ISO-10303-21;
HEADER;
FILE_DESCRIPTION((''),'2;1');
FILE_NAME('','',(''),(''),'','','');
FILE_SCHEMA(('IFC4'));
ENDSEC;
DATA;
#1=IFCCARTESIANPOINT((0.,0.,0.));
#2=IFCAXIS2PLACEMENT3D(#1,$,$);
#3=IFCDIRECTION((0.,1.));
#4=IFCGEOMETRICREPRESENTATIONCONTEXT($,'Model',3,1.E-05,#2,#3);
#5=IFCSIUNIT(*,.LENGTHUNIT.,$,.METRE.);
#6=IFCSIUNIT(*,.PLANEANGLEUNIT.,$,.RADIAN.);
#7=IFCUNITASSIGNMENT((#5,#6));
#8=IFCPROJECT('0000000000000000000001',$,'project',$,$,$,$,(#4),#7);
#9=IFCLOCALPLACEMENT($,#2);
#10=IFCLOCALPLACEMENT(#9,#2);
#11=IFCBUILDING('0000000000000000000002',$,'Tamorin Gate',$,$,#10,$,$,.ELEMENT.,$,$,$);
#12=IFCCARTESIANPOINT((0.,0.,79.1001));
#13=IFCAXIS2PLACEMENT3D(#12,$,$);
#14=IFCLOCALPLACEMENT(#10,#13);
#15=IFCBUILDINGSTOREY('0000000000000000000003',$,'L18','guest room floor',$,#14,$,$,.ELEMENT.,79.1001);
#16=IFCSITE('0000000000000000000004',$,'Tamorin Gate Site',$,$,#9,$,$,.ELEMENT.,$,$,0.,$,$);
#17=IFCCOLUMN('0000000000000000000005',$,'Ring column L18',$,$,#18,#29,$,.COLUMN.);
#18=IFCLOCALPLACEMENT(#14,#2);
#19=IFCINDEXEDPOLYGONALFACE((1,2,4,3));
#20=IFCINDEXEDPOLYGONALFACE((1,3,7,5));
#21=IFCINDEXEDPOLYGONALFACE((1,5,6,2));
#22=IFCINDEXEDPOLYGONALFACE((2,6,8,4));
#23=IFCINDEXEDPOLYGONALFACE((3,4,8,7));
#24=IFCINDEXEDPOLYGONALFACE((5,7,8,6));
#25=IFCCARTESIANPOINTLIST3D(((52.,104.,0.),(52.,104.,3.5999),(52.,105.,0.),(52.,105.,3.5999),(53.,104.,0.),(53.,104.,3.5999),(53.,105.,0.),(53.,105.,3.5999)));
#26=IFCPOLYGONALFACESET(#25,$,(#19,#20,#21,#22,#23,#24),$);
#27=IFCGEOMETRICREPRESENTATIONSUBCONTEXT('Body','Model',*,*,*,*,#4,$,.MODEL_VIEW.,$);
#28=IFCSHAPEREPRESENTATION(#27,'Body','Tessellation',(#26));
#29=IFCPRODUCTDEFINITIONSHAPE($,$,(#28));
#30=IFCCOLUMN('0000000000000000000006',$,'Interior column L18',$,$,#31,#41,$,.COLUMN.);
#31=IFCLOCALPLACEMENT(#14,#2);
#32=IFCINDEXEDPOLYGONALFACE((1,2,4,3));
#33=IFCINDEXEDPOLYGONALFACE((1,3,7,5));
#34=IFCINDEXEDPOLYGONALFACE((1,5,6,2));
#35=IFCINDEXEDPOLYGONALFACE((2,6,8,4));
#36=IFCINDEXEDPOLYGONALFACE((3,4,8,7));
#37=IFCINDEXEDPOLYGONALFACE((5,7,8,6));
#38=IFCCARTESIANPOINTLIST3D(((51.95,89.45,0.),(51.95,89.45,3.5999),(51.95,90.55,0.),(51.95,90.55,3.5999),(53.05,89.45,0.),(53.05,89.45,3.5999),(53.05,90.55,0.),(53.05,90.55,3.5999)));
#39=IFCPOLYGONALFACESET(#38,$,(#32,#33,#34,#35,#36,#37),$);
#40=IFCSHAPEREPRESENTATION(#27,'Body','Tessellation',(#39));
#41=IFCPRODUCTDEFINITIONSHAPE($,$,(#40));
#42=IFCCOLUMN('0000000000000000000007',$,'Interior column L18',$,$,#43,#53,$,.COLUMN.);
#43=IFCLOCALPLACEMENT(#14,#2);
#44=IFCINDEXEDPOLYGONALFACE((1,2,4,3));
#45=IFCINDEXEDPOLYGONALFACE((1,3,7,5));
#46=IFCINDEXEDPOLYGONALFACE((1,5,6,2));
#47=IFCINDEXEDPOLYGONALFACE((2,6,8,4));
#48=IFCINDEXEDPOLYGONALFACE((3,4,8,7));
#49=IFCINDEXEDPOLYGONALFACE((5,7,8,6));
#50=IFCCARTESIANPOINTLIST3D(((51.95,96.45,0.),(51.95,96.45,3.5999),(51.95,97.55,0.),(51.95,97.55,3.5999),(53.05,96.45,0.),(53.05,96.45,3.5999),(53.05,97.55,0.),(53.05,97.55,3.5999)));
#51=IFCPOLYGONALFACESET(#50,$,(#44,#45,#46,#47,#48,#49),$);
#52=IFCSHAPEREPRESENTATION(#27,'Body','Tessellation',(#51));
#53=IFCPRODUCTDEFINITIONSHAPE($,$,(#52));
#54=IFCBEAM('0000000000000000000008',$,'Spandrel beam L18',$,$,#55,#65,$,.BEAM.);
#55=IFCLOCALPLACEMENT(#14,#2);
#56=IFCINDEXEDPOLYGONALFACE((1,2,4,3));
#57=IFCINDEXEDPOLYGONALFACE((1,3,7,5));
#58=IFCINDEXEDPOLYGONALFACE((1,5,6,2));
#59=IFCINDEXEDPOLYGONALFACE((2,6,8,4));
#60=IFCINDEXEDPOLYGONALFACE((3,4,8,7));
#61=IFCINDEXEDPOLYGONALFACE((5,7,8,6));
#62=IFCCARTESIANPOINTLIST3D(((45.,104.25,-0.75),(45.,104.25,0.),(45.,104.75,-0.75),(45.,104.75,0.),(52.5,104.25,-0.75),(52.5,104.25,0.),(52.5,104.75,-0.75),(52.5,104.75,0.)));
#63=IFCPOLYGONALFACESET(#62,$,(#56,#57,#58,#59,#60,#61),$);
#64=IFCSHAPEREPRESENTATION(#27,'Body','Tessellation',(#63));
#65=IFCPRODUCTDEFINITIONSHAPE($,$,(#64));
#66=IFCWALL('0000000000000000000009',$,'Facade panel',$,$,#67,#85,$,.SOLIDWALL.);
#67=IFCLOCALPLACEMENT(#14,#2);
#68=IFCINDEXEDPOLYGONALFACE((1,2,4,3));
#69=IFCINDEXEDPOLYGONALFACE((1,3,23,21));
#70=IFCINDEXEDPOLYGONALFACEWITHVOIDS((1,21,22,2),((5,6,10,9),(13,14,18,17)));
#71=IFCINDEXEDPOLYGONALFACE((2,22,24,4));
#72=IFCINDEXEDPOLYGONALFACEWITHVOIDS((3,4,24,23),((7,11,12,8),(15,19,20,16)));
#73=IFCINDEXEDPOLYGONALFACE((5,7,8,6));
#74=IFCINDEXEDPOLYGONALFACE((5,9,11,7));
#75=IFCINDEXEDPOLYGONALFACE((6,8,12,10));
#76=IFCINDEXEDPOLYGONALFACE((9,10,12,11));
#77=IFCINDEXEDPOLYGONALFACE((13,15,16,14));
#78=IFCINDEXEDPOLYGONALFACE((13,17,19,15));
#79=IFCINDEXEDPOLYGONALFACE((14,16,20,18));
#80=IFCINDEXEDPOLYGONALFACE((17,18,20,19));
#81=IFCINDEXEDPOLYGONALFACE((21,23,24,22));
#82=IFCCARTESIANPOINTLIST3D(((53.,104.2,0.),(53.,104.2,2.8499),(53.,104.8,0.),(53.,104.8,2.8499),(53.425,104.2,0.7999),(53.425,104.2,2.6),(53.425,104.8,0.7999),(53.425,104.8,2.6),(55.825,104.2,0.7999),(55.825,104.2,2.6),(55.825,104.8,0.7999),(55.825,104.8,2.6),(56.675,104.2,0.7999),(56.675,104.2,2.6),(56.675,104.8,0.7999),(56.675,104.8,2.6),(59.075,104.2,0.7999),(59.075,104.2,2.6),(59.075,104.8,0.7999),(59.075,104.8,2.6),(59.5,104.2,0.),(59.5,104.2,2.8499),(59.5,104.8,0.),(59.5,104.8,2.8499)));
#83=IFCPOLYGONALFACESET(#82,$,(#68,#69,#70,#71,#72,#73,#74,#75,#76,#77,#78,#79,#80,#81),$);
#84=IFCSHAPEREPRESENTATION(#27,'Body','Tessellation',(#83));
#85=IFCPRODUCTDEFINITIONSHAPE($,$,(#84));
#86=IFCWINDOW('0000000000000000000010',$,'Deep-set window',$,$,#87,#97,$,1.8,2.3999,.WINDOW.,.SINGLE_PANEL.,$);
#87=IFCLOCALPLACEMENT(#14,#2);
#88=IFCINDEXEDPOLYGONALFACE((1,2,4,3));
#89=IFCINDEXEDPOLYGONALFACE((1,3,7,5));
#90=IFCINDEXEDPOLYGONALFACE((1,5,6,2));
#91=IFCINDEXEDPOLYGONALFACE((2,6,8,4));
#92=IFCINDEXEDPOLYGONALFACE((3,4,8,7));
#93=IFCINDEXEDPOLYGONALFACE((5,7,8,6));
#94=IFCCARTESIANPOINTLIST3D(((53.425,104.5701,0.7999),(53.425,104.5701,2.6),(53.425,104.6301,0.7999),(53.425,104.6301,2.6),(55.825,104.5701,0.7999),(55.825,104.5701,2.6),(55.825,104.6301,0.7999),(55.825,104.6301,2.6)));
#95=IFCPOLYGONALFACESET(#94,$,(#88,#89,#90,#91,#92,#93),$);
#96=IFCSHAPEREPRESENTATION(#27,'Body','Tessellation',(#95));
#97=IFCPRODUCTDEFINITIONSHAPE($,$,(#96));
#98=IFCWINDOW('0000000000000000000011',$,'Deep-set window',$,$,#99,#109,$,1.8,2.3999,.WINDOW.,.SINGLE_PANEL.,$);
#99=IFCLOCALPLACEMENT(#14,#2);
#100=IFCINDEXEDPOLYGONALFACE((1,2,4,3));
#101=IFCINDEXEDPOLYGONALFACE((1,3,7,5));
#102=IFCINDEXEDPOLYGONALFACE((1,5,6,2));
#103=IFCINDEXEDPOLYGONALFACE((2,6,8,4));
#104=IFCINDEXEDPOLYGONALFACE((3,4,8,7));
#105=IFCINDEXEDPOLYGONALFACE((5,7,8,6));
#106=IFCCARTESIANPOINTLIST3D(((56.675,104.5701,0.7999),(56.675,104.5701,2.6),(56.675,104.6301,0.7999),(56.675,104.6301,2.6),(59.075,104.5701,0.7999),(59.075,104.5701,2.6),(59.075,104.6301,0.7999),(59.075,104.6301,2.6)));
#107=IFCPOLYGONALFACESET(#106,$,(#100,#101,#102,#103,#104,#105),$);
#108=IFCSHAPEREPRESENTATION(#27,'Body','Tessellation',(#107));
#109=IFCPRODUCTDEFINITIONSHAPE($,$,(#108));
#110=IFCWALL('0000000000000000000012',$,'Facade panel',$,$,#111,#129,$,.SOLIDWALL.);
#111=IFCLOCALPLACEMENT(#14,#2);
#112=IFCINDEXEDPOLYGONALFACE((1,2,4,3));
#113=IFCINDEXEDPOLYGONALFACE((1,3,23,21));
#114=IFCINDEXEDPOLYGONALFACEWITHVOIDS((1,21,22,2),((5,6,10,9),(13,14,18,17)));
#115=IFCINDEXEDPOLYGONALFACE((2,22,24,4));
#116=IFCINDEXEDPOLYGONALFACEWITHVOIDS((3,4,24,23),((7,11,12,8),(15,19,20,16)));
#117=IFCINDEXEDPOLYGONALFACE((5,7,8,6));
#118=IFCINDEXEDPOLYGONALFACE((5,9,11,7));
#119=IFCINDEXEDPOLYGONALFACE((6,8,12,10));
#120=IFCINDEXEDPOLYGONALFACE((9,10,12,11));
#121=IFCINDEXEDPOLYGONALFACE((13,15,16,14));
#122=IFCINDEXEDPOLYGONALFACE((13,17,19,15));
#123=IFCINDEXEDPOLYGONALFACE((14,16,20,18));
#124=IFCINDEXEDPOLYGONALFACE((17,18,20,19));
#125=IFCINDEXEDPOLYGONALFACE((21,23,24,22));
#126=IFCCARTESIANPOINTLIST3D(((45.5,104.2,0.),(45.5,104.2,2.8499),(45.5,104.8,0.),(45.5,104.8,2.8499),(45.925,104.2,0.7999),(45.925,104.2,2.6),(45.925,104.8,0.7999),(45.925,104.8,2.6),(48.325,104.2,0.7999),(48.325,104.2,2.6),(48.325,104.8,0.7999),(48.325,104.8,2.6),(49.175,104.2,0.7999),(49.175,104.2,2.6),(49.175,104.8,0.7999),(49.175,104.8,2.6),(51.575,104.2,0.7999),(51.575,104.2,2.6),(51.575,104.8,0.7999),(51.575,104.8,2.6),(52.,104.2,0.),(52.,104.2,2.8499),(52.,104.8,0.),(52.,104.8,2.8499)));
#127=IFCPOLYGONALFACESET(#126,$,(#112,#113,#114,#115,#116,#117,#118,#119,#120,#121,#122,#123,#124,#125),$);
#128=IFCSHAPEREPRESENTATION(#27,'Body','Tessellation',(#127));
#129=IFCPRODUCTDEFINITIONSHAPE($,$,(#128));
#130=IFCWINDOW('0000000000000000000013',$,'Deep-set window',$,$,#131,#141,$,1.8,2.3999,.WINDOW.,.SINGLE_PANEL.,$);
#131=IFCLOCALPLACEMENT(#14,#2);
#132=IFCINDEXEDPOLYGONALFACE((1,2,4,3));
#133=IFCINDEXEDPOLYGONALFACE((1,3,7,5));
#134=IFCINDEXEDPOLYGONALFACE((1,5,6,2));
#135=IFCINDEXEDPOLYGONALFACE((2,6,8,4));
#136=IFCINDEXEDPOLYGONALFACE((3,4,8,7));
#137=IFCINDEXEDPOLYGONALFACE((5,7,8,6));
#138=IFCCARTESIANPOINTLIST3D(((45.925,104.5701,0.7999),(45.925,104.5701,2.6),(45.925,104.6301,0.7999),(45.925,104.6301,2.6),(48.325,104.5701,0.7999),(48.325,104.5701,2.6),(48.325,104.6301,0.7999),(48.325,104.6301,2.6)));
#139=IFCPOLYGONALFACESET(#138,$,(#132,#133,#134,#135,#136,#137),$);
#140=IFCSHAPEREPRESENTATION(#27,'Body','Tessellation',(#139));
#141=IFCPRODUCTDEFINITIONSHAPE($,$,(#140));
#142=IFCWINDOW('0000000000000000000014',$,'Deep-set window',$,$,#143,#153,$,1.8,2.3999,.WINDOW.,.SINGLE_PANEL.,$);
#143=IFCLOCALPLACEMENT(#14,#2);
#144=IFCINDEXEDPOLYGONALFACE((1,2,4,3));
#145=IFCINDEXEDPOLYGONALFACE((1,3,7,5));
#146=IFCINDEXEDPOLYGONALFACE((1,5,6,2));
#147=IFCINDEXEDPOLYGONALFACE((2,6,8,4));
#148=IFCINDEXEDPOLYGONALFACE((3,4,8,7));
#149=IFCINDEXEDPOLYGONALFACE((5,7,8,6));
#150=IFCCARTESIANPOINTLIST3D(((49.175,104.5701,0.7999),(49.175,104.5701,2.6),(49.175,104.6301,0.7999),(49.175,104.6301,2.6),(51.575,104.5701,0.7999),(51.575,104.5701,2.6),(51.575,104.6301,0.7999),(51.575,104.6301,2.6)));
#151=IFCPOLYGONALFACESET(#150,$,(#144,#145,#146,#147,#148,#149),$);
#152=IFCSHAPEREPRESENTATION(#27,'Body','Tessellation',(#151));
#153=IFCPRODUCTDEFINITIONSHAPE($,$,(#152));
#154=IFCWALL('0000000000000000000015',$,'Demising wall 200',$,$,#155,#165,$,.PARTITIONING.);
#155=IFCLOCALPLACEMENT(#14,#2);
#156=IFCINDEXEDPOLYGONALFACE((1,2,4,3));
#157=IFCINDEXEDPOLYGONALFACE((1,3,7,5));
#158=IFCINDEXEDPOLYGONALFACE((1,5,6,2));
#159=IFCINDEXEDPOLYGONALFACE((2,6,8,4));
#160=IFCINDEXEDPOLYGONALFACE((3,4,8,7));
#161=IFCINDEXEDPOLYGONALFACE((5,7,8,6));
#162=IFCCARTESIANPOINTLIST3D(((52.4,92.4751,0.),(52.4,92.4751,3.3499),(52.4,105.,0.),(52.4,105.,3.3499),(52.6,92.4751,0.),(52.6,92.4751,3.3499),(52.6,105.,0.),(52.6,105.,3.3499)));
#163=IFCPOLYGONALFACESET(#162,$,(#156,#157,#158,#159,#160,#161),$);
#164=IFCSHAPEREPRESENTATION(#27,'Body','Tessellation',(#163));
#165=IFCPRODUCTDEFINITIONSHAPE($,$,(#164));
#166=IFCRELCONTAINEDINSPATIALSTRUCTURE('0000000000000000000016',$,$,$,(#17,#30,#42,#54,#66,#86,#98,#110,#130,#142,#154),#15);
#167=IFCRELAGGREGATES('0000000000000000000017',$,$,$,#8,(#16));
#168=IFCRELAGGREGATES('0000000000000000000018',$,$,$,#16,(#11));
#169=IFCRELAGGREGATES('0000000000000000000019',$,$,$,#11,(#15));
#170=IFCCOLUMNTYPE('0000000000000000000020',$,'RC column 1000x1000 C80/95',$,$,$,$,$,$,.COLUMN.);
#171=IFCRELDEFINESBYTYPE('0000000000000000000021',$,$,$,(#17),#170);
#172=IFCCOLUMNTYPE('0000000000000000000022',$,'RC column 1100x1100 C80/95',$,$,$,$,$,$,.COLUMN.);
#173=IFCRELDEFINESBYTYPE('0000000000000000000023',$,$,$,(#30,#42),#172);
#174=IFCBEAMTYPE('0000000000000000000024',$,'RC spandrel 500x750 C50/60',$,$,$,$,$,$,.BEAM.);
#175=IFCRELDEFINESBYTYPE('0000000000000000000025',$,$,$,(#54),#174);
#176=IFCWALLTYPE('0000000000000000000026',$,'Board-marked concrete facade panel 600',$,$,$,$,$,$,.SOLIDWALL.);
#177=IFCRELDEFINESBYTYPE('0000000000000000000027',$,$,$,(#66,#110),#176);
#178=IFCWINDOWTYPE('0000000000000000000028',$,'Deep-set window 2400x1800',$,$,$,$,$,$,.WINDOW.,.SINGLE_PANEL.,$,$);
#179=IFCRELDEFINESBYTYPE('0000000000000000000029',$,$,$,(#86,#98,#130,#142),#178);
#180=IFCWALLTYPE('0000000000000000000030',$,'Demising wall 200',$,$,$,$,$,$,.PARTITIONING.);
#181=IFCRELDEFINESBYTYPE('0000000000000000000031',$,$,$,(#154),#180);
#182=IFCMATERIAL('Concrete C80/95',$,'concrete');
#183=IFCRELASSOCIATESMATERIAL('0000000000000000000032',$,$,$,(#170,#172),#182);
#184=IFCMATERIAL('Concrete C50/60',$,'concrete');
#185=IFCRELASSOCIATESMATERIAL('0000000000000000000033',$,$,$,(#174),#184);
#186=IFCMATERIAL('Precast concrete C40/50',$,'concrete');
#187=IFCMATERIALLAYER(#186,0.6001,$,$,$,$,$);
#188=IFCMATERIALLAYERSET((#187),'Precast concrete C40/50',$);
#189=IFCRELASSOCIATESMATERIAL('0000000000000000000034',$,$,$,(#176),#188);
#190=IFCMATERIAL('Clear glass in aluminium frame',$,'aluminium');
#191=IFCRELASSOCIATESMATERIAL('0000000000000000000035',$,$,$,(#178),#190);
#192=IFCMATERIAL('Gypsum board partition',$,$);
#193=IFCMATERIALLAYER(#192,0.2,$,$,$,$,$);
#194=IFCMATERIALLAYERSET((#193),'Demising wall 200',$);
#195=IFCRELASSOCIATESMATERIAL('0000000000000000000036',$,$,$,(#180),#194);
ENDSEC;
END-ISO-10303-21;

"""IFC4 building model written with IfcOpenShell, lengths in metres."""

from ifc_helpers import new_model, si_unit, direction, frame, frame_2d, origin, origin_2d, place, context, subcontext, project, spatial, rectangle, extrude, material, layer, layer_set, material_profile, profile_set, type_object, element, fill, save


model = new_model("IFC4")

# Units and contexts
model_context = context("Model", 3, precision=1e-05, world=origin(), true_north=direction((0.0, 1.0)))
body_context = subcontext(model_context, "Body", "Model", "MODEL_VIEW")
ifc_project = project(units=[si_unit("LENGTHUNIT", "METRE"), si_unit("PLANEANGLEUNIT", "RADIAN")], contexts=[model_context])

# Site, building, storey
site_placement = place(None, origin())
site = spatial("IfcSite", under=ifc_project, at=site_placement, Name="Tamorin Gate Site", CompositionType="ELEMENT", RefElevation=0.0)
building_placement = place(site_placement, origin())
building = spatial("IfcBuilding", under=site, at=building_placement, Name="Tamorin Gate", CompositionType="ELEMENT")
storey_placement = place(building_placement, frame((0.0, 0.0, 79.1001)))
storey = spatial("IfcBuildingStorey", under=building, at=storey_placement, Name="L18", Description="guest room floor", CompositionType="ELEMENT", Elevation=79.1001)

# Columns
ifc_material_1 = material(Name="Concrete C80/95", Category="concrete")
ifc_material_profile_1 = material_profile(ifc_material_1, rectangle(XDim=1.0, YDim=1.0, at=origin_2d()), Name="RC 1000x1000")
ifc_profile_set_1 = profile_set([ifc_material_profile_1], Name="Concrete C80/95")
column_type_1 = type_object("IfcColumnType", Name="RC column 1000x1000 C80/95", PredefinedType="COLUMN", material=ifc_profile_set_1)
column_placement = place(storey_placement, frame((52.5, 104.5, 0.0), z_axis=(0.0, 0.0, 1.0), x_axis=(1.0, 0.0, 0.0)))
element("IfcColumn", 1, at=column_placement, inside=storey, type_object=column_type_1, Name="Ring column L18", PredefinedType="COLUMN", context=body_context, shape_type="SweptSolid", body=[
    extrude(rectangle(XDim=1.0, YDim=1.0, at=origin_2d()), origin(), (0.0, 0.0, 1.0), 3.5999),
])
ifc_material_profile_2 = material_profile(ifc_material_1, rectangle(XDim=1.1001, YDim=1.1001, at=origin_2d()), Name="RC 1100x1100")
ifc_profile_set_2 = profile_set([ifc_material_profile_2], Name="Concrete C80/95")
column_type_2 = type_object("IfcColumnType", Name="RC column 1100x1100 C80/95", PredefinedType="COLUMN", material=ifc_profile_set_2)
for number, where, z_axis, x_axis, name in (
    (2, (52.5, 90.0, 0.0), (0.0, 0.0, 1.0), (1.0, 0.0, 0.0), "Interior column L18"),
    (3, (52.5, 97.0, 0.0), (0.0, 0.0, 1.0), (1.0, 0.0, 0.0), "Interior column L18"),
):
    element("IfcColumn", number, at=place(storey_placement, frame(where, z_axis=z_axis, x_axis=x_axis)), inside=storey, type_object=column_type_2, Name=name, PredefinedType="COLUMN", context=body_context, shape_type="SweptSolid", body=[
        extrude(rectangle(XDim=1.1001, YDim=1.1001, at=origin_2d()), origin(), (0.0, 0.0, 1.0), 3.5999),
    ])

# Beam
ifc_material_2 = material(Name="Concrete C50/60", Category="concrete")
ifc_material_profile_3 = material_profile(ifc_material_2, rectangle(XDim=0.5, YDim=0.75, at=origin_2d()), Name="RC 500x750")
ifc_profile_set_3 = profile_set([ifc_material_profile_3], Name="Concrete C50/60")
beam_type = type_object("IfcBeamType", Name="RC spandrel 500x750 C50/60", PredefinedType="BEAM", material=ifc_profile_set_3)
beam_placement = place(storey_placement, frame((52.5, 104.5, -0.375), z_axis=(-1.0, 0.0, 0.0), x_axis=(0.0, -1.0, 0.0)))
element("IfcBeam", 4, at=beam_placement, inside=storey, type_object=beam_type, Name="Spandrel beam L18", PredefinedType="BEAM", context=body_context, shape_type="SweptSolid", body=[
    extrude(rectangle(XDim=0.5, YDim=0.75, at=origin_2d()), origin(), (0.0, 0.0, 1.0), 7.5),
])

# Walls, openings, windows
ifc_material_3 = material(Name="Precast concrete C40/50", Category="concrete")
ifc_layer_1 = layer(ifc_material_3, 0.6001)
ifc_layer_set_1 = layer_set([ifc_layer_1], Name="Precast concrete C40/50")
wall_type_1 = type_object("IfcWallType", Name="Board-marked concrete facade panel 600", PredefinedType="SOLIDWALL", material=ifc_layer_set_1)
wall_1_placement = place(storey_placement, frame((59.5, 104.5, 0.0), z_axis=(0.0, 0.0, 1.0), x_axis=(-1.0, 0.0, 0.0)))
wall_1 = element("IfcWall", 5, at=wall_1_placement, inside=storey, type_object=wall_type_1, Name="Facade panel", PredefinedType="SOLIDWALL", context=body_context, shape_type="SweptSolid", body=[
    extrude(rectangle(XDim=6.5, YDim=0.6001, at=frame_2d((3.25, 0.0))), origin(), (0.0, 0.0, 1.0), 2.8499),
])
opening_1_placement = place(wall_1_placement, frame((3.675, 0.0, 0.8)))
opening_1 = element("IfcOpeningElement", 6, at=opening_1_placement, cuts=wall_1, PredefinedType="OPENING", context=body_context, shape_type="SweptSolid", body=[
    extrude(rectangle(XDim=2.3999, YDim=1.8, at=frame_2d((1.2, 0.8999))), frame((0.0, 0.3101, 0.0), z_axis=(0.0, -1.0, 0.0), x_axis=(1.0, 0.0, 0.0)), (0.0, 0.0, 1.0), 0.6201),
])
opening_2_placement = place(wall_1_placement, frame((0.425, 0.0, 0.8)))
opening_2 = element("IfcOpeningElement", 7, at=opening_2_placement, cuts=wall_1, PredefinedType="OPENING", context=body_context, shape_type="SweptSolid", body=[
    extrude(rectangle(XDim=2.3999, YDim=1.8, at=frame_2d((1.2, 0.8999))), frame((0.0, 0.3101, 0.0), z_axis=(0.0, -1.0, 0.0), x_axis=(1.0, 0.0, 0.0)), (0.0, 0.0, 1.0), 0.6201),
])
ifc_material_4 = material(Name="Clear glass in aluminium frame", Category="aluminium")
window_type = type_object("IfcWindowType", Name="Deep-set window 2400x1800", PartitioningType="SINGLE_PANEL", PredefinedType="WINDOW", material=ifc_material_4)
window_1_placement = place(opening_1_placement, origin())
window_1 = element("IfcWindow", 8, at=window_1_placement, inside=storey, type_object=window_type, Name="Deep-set window", OverallHeight=1.8, OverallWidth=2.3999, PartitioningType="SINGLE_PANEL", PredefinedType="WINDOW", context=body_context, shape_type="SweptSolid", body=[
    extrude(rectangle(XDim=2.3999, YDim=1.8, at=frame_2d((1.2, 0.8999))), frame((0.0, -0.0701, 0.0), z_axis=(0.0, -1.0, 0.0), x_axis=(1.0, 0.0, 0.0)), (0.0, 0.0, 1.0), 0.0601),
])
fill(opening_1, window_1)
window_2_placement = place(opening_2_placement, origin())
window_2 = element("IfcWindow", 9, at=window_2_placement, inside=storey, type_object=window_type, Name="Deep-set window", OverallHeight=1.8, OverallWidth=2.3999, PartitioningType="SINGLE_PANEL", PredefinedType="WINDOW", context=body_context, shape_type="SweptSolid", body=[
    extrude(rectangle(XDim=2.3999, YDim=1.8, at=frame_2d((1.2, 0.8999))), frame((0.0, -0.0701, 0.0), z_axis=(0.0, -1.0, 0.0), x_axis=(1.0, 0.0, 0.0)), (0.0, 0.0, 1.0), 0.0601),
])
fill(opening_2, window_2)
wall_2_placement = place(storey_placement, frame((52.0, 104.5, 0.0), z_axis=(0.0, 0.0, 1.0), x_axis=(-1.0, 0.0, 0.0)))
wall_2 = element("IfcWall", 10, at=wall_2_placement, inside=storey, type_object=wall_type_1, Name="Facade panel", PredefinedType="SOLIDWALL", context=body_context, shape_type="SweptSolid", body=[
    extrude(rectangle(XDim=6.5, YDim=0.6001, at=frame_2d((3.25, 0.0))), origin(), (0.0, 0.0, 1.0), 2.8499),
])
opening_3_placement = place(wall_2_placement, frame((3.675, 0.0, 0.8)))
opening_3 = element("IfcOpeningElement", 11, at=opening_3_placement, cuts=wall_2, PredefinedType="OPENING", context=body_context, shape_type="SweptSolid", body=[
    extrude(rectangle(XDim=2.3999, YDim=1.8, at=frame_2d((1.2, 0.8999))), frame((0.0, 0.3101, 0.0), z_axis=(0.0, -1.0, 0.0), x_axis=(1.0, 0.0, 0.0)), (0.0, 0.0, 1.0), 0.6201),
])
opening_4_placement = place(wall_2_placement, frame((0.425, 0.0, 0.8)))
opening_4 = element("IfcOpeningElement", 12, at=opening_4_placement, cuts=wall_2, PredefinedType="OPENING", context=body_context, shape_type="SweptSolid", body=[
    extrude(rectangle(XDim=2.3999, YDim=1.8, at=frame_2d((1.2, 0.8999))), frame((0.0, 0.3101, 0.0), z_axis=(0.0, -1.0, 0.0), x_axis=(1.0, 0.0, 0.0)), (0.0, 0.0, 1.0), 0.6201),
])
window_3_placement = place(opening_3_placement, origin())
window_3 = element("IfcWindow", 13, at=window_3_placement, inside=storey, type_object=window_type, Name="Deep-set window", OverallHeight=1.8, OverallWidth=2.3999, PartitioningType="SINGLE_PANEL", PredefinedType="WINDOW", context=body_context, shape_type="SweptSolid", body=[
    extrude(rectangle(XDim=2.3999, YDim=1.8, at=frame_2d((1.2, 0.8999))), frame((0.0, -0.0701, 0.0), z_axis=(0.0, -1.0, 0.0), x_axis=(1.0, 0.0, 0.0)), (0.0, 0.0, 1.0), 0.0601),
])
fill(opening_3, window_3)
window_4_placement = place(opening_4_placement, origin())
window_4 = element("IfcWindow", 14, at=window_4_placement, inside=storey, type_object=window_type, Name="Deep-set window", OverallHeight=1.8, OverallWidth=2.3999, PartitioningType="SINGLE_PANEL", PredefinedType="WINDOW", context=body_context, shape_type="SweptSolid", body=[
    extrude(rectangle(XDim=2.3999, YDim=1.8, at=frame_2d((1.2, 0.8999))), frame((0.0, -0.0701, 0.0), z_axis=(0.0, -1.0, 0.0), x_axis=(1.0, 0.0, 0.0)), (0.0, 0.0, 1.0), 0.0601),
])
fill(opening_4, window_4)

# Wall
ifc_material_5 = material(Name="Gypsum board partition")
ifc_layer_2 = layer(ifc_material_5, 0.2)
ifc_layer_set_2 = layer_set([ifc_layer_2], Name="Demising wall 200")
wall_type_2 = type_object("IfcWallType", Name="Demising wall 200", PredefinedType="PARTITIONING", material=ifc_layer_set_2)
wall_3_placement = place(storey_placement, frame((52.5, 92.4751, 0.0), z_axis=(0.0, 0.0, 1.0), x_axis=(0.0, 1.0, 0.0)))
element("IfcWall", 15, at=wall_3_placement, inside=storey, type_object=wall_type_2, Name="Demising wall 200", PredefinedType="PARTITIONING", context=body_context, shape_type="SweptSolid", body=[
    extrude(rectangle(XDim=12.5249, YDim=0.2, at=frame_2d((6.2625, 0.0))), origin(), (0.0, 0.0, 1.0), 3.3499),
])

save(model, "model.ifc")
